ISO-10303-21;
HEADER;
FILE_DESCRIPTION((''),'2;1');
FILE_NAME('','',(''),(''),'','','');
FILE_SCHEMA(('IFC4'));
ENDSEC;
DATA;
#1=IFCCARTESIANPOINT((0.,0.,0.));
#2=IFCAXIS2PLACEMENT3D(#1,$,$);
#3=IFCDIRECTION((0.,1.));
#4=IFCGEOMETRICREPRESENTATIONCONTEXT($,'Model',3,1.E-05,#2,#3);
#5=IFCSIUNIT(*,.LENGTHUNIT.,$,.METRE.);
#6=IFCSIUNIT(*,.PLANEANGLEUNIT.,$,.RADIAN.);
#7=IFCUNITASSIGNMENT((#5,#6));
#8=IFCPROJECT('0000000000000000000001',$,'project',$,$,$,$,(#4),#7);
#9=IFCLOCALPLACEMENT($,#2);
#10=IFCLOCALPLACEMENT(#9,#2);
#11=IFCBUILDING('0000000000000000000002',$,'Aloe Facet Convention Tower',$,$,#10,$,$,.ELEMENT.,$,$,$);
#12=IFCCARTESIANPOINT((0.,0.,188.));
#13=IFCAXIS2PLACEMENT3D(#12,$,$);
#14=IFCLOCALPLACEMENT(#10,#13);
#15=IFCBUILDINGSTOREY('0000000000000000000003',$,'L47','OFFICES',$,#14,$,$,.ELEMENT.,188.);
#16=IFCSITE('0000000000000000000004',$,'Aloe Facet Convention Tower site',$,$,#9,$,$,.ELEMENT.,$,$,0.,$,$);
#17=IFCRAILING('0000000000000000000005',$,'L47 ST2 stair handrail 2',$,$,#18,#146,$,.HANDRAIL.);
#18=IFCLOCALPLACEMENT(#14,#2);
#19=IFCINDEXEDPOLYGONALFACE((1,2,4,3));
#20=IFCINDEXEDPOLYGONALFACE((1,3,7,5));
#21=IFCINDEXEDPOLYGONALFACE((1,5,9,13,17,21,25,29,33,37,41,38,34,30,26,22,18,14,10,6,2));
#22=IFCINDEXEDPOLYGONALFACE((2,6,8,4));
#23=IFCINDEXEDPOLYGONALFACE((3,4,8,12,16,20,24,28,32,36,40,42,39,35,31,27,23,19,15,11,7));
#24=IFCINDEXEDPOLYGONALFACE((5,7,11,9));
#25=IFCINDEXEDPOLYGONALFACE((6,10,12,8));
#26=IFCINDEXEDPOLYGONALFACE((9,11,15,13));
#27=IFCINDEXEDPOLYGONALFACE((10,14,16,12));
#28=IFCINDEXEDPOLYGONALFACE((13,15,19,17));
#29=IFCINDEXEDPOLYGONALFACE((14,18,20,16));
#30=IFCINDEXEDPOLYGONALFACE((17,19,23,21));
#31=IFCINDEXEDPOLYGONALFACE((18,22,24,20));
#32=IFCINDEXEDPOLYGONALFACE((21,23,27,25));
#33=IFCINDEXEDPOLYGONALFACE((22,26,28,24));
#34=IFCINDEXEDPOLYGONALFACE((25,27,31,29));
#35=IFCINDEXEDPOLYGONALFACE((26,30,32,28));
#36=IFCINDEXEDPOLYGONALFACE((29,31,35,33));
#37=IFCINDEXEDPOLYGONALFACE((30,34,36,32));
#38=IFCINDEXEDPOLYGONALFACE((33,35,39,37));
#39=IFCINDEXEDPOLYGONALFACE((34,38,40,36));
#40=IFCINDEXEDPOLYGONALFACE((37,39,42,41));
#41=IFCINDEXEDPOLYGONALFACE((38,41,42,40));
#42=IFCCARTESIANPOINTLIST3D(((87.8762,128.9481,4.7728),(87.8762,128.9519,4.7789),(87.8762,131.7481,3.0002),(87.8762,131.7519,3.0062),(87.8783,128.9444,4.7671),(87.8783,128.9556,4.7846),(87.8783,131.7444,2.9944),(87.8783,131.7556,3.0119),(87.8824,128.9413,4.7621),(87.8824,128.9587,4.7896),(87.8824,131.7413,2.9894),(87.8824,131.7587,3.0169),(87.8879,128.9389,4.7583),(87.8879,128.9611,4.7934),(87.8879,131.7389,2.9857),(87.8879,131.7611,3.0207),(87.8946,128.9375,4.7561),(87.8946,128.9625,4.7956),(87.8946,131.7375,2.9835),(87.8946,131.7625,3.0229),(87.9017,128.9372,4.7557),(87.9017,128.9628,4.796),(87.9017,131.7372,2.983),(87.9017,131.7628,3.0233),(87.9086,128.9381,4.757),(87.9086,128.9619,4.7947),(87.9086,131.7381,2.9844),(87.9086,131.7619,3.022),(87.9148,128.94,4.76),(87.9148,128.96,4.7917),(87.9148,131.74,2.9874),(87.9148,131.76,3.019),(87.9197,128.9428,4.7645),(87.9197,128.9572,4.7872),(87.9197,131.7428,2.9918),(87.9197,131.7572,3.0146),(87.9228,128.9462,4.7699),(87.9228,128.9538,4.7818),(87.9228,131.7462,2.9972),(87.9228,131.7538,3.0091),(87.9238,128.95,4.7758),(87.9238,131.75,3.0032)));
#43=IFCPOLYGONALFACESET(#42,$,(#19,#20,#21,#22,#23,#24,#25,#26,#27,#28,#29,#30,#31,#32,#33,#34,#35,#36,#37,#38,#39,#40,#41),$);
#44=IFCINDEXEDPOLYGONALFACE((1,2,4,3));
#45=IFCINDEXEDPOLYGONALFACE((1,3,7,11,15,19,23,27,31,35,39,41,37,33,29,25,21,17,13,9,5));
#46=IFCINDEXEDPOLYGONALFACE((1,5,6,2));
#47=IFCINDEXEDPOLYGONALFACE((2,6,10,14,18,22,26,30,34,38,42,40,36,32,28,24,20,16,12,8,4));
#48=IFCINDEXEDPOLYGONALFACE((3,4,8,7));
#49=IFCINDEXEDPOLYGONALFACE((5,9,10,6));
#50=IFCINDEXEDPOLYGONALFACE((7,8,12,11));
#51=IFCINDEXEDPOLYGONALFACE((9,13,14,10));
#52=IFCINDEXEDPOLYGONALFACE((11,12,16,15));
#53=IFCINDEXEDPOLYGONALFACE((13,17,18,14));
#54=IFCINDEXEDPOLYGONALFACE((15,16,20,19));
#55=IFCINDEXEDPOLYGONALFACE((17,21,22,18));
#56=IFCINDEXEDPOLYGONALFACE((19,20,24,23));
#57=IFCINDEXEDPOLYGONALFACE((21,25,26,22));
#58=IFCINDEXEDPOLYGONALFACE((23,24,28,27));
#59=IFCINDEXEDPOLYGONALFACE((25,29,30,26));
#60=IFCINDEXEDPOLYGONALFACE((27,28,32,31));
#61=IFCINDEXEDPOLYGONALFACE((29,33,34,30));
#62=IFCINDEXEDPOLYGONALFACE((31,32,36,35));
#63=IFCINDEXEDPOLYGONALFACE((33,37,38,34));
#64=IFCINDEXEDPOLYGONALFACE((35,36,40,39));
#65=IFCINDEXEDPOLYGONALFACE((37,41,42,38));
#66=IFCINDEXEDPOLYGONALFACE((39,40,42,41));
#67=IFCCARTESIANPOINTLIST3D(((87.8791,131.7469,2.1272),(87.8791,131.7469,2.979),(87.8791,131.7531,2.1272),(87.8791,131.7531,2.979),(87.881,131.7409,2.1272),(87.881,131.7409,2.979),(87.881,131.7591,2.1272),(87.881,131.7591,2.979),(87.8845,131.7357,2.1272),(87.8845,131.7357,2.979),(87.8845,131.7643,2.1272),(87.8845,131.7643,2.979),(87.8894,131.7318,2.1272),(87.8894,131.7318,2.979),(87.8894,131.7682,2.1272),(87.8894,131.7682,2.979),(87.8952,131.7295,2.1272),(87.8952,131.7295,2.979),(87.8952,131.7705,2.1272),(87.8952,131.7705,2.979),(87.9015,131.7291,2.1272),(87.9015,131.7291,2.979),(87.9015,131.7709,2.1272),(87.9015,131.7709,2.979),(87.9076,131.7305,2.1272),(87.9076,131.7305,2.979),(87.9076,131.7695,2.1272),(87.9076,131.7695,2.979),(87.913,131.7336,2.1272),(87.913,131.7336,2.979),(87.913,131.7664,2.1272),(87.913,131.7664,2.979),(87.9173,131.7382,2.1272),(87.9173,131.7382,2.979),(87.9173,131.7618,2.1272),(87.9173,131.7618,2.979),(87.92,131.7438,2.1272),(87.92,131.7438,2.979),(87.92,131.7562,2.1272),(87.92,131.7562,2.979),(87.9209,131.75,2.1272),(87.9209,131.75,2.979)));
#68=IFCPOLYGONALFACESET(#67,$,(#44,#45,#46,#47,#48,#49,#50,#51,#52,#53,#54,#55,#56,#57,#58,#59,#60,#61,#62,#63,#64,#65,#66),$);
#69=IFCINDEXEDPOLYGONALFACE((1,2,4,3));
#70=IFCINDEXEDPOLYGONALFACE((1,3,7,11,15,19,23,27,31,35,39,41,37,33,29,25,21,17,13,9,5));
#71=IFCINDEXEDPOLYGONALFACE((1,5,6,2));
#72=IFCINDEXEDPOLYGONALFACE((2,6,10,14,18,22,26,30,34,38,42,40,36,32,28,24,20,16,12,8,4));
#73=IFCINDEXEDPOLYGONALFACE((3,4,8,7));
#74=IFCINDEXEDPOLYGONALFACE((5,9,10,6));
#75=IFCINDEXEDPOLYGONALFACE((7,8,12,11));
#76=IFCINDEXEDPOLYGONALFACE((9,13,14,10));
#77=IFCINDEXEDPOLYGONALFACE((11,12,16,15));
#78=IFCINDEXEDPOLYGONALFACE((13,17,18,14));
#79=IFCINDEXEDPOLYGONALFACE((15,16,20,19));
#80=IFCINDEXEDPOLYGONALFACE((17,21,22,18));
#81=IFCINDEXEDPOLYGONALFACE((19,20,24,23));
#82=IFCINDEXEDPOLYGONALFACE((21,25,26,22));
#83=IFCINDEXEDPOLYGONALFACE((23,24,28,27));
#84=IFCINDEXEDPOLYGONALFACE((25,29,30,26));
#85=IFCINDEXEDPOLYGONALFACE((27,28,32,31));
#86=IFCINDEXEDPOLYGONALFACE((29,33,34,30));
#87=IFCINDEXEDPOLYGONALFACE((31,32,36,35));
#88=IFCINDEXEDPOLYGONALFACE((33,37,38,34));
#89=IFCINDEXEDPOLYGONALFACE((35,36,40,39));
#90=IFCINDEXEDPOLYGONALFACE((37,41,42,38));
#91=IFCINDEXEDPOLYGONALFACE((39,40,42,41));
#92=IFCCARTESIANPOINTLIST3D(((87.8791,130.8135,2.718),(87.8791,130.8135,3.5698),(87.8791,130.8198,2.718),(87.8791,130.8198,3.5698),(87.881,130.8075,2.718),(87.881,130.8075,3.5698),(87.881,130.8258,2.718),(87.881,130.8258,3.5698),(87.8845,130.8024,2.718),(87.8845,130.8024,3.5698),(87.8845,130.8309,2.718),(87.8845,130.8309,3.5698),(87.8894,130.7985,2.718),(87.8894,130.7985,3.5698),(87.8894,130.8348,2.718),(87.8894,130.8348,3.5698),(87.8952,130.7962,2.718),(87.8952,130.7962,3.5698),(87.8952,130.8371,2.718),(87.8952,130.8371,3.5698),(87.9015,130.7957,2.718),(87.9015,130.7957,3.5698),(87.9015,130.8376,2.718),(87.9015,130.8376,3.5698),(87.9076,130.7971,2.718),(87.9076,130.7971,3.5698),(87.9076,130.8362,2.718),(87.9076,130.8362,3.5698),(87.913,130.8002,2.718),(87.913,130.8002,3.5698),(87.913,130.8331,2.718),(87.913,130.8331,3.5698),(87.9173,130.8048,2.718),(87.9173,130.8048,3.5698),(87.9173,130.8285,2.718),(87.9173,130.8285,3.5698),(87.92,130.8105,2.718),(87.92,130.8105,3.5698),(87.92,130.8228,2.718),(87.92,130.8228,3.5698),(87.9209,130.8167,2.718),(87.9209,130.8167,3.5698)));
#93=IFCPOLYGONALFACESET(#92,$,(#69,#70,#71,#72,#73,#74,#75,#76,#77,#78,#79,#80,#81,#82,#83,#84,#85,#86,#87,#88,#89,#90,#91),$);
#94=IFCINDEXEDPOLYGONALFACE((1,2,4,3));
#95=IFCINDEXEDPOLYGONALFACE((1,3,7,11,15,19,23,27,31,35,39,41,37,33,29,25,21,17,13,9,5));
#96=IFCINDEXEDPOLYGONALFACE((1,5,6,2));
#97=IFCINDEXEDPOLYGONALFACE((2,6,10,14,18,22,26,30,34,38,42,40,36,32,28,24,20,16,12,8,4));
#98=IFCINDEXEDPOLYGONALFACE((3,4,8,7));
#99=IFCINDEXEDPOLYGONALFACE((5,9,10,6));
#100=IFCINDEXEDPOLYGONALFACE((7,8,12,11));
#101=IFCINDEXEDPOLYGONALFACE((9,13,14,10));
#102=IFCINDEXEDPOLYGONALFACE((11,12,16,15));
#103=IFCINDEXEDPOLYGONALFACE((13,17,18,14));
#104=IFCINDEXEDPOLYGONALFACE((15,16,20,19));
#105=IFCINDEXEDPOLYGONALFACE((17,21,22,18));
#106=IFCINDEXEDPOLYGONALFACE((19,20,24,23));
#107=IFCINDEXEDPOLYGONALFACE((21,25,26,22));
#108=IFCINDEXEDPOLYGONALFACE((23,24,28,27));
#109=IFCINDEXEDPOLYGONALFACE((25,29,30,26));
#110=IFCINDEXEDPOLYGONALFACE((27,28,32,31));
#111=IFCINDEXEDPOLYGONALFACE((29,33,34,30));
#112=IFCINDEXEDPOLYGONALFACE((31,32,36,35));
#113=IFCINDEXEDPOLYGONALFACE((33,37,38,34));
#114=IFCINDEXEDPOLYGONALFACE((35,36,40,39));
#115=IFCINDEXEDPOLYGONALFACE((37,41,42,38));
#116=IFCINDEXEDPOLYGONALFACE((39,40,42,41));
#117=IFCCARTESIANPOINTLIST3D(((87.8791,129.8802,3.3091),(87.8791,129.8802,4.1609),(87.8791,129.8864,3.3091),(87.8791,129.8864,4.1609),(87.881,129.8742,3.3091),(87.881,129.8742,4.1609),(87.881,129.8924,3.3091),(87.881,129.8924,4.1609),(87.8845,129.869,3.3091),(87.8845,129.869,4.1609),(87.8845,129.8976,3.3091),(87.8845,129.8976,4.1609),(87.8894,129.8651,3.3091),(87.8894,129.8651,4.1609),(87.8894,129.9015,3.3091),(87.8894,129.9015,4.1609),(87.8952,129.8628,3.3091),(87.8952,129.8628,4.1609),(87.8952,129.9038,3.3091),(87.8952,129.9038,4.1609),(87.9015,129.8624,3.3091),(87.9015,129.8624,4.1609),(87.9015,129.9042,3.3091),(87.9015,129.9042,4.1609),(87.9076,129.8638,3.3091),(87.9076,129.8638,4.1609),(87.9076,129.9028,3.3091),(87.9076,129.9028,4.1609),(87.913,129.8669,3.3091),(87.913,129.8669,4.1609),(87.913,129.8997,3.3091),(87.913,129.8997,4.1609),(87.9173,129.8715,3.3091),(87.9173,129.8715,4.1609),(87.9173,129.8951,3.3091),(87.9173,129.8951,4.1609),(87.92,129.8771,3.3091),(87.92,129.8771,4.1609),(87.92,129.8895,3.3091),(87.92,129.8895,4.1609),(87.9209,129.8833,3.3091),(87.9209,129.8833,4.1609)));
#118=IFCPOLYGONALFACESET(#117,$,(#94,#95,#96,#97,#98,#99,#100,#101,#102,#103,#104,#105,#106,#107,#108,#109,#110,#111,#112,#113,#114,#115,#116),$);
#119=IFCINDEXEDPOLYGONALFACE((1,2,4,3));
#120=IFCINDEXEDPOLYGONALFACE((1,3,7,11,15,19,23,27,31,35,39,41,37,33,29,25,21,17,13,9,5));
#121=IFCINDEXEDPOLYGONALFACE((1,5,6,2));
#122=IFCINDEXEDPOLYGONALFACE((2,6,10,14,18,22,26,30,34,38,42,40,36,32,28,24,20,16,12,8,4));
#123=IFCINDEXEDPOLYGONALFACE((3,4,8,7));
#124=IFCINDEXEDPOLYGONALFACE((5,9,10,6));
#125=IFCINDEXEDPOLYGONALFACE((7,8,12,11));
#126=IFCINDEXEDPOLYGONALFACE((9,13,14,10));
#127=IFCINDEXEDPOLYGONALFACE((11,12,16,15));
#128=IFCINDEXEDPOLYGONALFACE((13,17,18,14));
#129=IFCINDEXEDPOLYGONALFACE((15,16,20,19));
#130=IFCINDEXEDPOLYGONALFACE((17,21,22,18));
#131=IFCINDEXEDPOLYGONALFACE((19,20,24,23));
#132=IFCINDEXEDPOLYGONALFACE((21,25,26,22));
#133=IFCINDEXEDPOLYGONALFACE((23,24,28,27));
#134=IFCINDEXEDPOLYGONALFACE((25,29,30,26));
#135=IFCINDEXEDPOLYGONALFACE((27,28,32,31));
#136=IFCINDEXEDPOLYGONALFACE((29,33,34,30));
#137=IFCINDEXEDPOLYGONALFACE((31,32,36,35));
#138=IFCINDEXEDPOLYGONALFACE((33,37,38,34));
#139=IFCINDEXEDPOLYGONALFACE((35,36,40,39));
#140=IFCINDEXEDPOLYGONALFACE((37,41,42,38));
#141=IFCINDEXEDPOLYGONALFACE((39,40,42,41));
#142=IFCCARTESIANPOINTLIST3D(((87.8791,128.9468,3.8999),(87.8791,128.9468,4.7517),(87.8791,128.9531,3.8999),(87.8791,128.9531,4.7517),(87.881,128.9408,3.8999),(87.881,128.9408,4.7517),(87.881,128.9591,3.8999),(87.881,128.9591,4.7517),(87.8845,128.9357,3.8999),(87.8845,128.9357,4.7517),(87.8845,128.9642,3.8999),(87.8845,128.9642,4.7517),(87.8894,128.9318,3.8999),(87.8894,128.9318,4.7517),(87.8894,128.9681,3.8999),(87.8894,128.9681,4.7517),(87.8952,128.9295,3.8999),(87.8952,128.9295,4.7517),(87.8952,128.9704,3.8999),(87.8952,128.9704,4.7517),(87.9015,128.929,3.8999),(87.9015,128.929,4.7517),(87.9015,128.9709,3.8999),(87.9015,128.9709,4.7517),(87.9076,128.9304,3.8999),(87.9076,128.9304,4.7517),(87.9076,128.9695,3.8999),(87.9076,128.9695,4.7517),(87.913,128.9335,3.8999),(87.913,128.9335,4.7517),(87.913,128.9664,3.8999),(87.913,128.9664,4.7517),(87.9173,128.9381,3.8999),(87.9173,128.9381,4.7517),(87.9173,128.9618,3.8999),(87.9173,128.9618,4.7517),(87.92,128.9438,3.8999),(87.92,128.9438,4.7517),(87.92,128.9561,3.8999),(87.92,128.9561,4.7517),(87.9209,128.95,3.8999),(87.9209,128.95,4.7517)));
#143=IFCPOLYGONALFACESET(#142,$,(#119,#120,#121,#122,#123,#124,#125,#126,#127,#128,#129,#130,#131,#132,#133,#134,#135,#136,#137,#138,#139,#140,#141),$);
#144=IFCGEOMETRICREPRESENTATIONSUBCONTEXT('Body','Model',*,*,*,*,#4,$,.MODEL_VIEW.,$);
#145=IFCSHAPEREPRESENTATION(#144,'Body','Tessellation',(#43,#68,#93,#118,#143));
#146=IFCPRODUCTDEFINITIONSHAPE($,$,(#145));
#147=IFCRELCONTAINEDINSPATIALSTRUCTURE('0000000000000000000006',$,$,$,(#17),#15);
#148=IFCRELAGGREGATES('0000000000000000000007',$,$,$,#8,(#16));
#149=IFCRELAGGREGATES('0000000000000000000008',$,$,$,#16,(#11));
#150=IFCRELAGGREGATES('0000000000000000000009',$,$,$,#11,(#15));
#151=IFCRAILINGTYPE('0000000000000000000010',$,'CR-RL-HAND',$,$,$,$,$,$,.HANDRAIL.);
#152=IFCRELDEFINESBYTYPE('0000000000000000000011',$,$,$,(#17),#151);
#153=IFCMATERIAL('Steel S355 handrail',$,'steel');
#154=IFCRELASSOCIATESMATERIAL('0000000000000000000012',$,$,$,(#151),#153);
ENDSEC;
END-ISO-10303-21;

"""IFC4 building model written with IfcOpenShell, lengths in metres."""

from ifc_helpers import new_model, si_unit, direction, frame, origin, origin_2d, place, context, subcontext, project, spatial, circle, extrude, material, type_object, element, save


model = new_model("IFC4")

# Units and contexts
model_context = context("Model", 3, precision=1e-05, world=origin(), true_north=direction((0.0, 1.0)))
body_context = subcontext(model_context, "Body", "Model", "MODEL_VIEW")
ifc_project = project(units=[si_unit("LENGTHUNIT", "METRE"), si_unit("PLANEANGLEUNIT", "RADIAN")], contexts=[model_context])

# Site, building, storey
site_placement = place(None, origin())
site = spatial("IfcSite", under=ifc_project, at=site_placement, Name="Aloe Facet Convention Tower site", CompositionType="ELEMENT", RefElevation=0.0)
building_placement = place(site_placement, origin())
building = spatial("IfcBuilding", under=site, at=building_placement, Name="Aloe Facet Convention Tower", CompositionType="ELEMENT")
storey_placement = place(building_placement, frame((0.0, 0.0, 188.0)))
storey = spatial("IfcBuildingStorey", under=building, at=storey_placement, Name="L47", Description="OFFICES", CompositionType="ELEMENT", Elevation=188.0)

# Railing
ifc_material_1 = material(Name="Steel S355 handrail", Category="steel")
railing_type_1 = type_object("IfcRailingType", Name="CR-RL-HAND", PredefinedType="HANDRAIL", material=ifc_material_1)
railing_1_placement = place(storey_placement, frame((87.8999, 131.75, 2.1272)))
element("IfcRailing", 1, at=railing_1_placement, inside=storey, type_object=railing_type_1, Name="L47 ST2 stair handrail 2", PredefinedType="HANDRAIL", context=body_context, shape_type="SweptSolid", body=[
    extrude(circle(Radius=0.0239, at=origin_2d()), frame((0.0, 0.0, 0.876), z_axis=(0.0, -0.844909, 0.53491), x_axis=(1.0, 0.0, 0.0)), (0.0, 0.0, 1.0), 3.314),
    extrude(circle(Radius=0.021, at=origin_2d()), origin(), (0.0, 0.0, 1.0), 0.8518),
    extrude(circle(Radius=0.021, at=origin_2d()), frame((0.0, -0.9333, 0.5908)), (0.0, 0.0, 1.0), 0.8518),
    extrude(circle(Radius=0.021, at=origin_2d()), frame((0.0, -1.8667, 1.1819)), (0.0, 0.0, 1.0), 0.8518),
    extrude(circle(Radius=0.021, at=origin_2d()), frame((0.0, -2.8, 1.7727)), (0.0, 0.0, 1.0), 0.8518),
])

save(model, "model.ifc")
